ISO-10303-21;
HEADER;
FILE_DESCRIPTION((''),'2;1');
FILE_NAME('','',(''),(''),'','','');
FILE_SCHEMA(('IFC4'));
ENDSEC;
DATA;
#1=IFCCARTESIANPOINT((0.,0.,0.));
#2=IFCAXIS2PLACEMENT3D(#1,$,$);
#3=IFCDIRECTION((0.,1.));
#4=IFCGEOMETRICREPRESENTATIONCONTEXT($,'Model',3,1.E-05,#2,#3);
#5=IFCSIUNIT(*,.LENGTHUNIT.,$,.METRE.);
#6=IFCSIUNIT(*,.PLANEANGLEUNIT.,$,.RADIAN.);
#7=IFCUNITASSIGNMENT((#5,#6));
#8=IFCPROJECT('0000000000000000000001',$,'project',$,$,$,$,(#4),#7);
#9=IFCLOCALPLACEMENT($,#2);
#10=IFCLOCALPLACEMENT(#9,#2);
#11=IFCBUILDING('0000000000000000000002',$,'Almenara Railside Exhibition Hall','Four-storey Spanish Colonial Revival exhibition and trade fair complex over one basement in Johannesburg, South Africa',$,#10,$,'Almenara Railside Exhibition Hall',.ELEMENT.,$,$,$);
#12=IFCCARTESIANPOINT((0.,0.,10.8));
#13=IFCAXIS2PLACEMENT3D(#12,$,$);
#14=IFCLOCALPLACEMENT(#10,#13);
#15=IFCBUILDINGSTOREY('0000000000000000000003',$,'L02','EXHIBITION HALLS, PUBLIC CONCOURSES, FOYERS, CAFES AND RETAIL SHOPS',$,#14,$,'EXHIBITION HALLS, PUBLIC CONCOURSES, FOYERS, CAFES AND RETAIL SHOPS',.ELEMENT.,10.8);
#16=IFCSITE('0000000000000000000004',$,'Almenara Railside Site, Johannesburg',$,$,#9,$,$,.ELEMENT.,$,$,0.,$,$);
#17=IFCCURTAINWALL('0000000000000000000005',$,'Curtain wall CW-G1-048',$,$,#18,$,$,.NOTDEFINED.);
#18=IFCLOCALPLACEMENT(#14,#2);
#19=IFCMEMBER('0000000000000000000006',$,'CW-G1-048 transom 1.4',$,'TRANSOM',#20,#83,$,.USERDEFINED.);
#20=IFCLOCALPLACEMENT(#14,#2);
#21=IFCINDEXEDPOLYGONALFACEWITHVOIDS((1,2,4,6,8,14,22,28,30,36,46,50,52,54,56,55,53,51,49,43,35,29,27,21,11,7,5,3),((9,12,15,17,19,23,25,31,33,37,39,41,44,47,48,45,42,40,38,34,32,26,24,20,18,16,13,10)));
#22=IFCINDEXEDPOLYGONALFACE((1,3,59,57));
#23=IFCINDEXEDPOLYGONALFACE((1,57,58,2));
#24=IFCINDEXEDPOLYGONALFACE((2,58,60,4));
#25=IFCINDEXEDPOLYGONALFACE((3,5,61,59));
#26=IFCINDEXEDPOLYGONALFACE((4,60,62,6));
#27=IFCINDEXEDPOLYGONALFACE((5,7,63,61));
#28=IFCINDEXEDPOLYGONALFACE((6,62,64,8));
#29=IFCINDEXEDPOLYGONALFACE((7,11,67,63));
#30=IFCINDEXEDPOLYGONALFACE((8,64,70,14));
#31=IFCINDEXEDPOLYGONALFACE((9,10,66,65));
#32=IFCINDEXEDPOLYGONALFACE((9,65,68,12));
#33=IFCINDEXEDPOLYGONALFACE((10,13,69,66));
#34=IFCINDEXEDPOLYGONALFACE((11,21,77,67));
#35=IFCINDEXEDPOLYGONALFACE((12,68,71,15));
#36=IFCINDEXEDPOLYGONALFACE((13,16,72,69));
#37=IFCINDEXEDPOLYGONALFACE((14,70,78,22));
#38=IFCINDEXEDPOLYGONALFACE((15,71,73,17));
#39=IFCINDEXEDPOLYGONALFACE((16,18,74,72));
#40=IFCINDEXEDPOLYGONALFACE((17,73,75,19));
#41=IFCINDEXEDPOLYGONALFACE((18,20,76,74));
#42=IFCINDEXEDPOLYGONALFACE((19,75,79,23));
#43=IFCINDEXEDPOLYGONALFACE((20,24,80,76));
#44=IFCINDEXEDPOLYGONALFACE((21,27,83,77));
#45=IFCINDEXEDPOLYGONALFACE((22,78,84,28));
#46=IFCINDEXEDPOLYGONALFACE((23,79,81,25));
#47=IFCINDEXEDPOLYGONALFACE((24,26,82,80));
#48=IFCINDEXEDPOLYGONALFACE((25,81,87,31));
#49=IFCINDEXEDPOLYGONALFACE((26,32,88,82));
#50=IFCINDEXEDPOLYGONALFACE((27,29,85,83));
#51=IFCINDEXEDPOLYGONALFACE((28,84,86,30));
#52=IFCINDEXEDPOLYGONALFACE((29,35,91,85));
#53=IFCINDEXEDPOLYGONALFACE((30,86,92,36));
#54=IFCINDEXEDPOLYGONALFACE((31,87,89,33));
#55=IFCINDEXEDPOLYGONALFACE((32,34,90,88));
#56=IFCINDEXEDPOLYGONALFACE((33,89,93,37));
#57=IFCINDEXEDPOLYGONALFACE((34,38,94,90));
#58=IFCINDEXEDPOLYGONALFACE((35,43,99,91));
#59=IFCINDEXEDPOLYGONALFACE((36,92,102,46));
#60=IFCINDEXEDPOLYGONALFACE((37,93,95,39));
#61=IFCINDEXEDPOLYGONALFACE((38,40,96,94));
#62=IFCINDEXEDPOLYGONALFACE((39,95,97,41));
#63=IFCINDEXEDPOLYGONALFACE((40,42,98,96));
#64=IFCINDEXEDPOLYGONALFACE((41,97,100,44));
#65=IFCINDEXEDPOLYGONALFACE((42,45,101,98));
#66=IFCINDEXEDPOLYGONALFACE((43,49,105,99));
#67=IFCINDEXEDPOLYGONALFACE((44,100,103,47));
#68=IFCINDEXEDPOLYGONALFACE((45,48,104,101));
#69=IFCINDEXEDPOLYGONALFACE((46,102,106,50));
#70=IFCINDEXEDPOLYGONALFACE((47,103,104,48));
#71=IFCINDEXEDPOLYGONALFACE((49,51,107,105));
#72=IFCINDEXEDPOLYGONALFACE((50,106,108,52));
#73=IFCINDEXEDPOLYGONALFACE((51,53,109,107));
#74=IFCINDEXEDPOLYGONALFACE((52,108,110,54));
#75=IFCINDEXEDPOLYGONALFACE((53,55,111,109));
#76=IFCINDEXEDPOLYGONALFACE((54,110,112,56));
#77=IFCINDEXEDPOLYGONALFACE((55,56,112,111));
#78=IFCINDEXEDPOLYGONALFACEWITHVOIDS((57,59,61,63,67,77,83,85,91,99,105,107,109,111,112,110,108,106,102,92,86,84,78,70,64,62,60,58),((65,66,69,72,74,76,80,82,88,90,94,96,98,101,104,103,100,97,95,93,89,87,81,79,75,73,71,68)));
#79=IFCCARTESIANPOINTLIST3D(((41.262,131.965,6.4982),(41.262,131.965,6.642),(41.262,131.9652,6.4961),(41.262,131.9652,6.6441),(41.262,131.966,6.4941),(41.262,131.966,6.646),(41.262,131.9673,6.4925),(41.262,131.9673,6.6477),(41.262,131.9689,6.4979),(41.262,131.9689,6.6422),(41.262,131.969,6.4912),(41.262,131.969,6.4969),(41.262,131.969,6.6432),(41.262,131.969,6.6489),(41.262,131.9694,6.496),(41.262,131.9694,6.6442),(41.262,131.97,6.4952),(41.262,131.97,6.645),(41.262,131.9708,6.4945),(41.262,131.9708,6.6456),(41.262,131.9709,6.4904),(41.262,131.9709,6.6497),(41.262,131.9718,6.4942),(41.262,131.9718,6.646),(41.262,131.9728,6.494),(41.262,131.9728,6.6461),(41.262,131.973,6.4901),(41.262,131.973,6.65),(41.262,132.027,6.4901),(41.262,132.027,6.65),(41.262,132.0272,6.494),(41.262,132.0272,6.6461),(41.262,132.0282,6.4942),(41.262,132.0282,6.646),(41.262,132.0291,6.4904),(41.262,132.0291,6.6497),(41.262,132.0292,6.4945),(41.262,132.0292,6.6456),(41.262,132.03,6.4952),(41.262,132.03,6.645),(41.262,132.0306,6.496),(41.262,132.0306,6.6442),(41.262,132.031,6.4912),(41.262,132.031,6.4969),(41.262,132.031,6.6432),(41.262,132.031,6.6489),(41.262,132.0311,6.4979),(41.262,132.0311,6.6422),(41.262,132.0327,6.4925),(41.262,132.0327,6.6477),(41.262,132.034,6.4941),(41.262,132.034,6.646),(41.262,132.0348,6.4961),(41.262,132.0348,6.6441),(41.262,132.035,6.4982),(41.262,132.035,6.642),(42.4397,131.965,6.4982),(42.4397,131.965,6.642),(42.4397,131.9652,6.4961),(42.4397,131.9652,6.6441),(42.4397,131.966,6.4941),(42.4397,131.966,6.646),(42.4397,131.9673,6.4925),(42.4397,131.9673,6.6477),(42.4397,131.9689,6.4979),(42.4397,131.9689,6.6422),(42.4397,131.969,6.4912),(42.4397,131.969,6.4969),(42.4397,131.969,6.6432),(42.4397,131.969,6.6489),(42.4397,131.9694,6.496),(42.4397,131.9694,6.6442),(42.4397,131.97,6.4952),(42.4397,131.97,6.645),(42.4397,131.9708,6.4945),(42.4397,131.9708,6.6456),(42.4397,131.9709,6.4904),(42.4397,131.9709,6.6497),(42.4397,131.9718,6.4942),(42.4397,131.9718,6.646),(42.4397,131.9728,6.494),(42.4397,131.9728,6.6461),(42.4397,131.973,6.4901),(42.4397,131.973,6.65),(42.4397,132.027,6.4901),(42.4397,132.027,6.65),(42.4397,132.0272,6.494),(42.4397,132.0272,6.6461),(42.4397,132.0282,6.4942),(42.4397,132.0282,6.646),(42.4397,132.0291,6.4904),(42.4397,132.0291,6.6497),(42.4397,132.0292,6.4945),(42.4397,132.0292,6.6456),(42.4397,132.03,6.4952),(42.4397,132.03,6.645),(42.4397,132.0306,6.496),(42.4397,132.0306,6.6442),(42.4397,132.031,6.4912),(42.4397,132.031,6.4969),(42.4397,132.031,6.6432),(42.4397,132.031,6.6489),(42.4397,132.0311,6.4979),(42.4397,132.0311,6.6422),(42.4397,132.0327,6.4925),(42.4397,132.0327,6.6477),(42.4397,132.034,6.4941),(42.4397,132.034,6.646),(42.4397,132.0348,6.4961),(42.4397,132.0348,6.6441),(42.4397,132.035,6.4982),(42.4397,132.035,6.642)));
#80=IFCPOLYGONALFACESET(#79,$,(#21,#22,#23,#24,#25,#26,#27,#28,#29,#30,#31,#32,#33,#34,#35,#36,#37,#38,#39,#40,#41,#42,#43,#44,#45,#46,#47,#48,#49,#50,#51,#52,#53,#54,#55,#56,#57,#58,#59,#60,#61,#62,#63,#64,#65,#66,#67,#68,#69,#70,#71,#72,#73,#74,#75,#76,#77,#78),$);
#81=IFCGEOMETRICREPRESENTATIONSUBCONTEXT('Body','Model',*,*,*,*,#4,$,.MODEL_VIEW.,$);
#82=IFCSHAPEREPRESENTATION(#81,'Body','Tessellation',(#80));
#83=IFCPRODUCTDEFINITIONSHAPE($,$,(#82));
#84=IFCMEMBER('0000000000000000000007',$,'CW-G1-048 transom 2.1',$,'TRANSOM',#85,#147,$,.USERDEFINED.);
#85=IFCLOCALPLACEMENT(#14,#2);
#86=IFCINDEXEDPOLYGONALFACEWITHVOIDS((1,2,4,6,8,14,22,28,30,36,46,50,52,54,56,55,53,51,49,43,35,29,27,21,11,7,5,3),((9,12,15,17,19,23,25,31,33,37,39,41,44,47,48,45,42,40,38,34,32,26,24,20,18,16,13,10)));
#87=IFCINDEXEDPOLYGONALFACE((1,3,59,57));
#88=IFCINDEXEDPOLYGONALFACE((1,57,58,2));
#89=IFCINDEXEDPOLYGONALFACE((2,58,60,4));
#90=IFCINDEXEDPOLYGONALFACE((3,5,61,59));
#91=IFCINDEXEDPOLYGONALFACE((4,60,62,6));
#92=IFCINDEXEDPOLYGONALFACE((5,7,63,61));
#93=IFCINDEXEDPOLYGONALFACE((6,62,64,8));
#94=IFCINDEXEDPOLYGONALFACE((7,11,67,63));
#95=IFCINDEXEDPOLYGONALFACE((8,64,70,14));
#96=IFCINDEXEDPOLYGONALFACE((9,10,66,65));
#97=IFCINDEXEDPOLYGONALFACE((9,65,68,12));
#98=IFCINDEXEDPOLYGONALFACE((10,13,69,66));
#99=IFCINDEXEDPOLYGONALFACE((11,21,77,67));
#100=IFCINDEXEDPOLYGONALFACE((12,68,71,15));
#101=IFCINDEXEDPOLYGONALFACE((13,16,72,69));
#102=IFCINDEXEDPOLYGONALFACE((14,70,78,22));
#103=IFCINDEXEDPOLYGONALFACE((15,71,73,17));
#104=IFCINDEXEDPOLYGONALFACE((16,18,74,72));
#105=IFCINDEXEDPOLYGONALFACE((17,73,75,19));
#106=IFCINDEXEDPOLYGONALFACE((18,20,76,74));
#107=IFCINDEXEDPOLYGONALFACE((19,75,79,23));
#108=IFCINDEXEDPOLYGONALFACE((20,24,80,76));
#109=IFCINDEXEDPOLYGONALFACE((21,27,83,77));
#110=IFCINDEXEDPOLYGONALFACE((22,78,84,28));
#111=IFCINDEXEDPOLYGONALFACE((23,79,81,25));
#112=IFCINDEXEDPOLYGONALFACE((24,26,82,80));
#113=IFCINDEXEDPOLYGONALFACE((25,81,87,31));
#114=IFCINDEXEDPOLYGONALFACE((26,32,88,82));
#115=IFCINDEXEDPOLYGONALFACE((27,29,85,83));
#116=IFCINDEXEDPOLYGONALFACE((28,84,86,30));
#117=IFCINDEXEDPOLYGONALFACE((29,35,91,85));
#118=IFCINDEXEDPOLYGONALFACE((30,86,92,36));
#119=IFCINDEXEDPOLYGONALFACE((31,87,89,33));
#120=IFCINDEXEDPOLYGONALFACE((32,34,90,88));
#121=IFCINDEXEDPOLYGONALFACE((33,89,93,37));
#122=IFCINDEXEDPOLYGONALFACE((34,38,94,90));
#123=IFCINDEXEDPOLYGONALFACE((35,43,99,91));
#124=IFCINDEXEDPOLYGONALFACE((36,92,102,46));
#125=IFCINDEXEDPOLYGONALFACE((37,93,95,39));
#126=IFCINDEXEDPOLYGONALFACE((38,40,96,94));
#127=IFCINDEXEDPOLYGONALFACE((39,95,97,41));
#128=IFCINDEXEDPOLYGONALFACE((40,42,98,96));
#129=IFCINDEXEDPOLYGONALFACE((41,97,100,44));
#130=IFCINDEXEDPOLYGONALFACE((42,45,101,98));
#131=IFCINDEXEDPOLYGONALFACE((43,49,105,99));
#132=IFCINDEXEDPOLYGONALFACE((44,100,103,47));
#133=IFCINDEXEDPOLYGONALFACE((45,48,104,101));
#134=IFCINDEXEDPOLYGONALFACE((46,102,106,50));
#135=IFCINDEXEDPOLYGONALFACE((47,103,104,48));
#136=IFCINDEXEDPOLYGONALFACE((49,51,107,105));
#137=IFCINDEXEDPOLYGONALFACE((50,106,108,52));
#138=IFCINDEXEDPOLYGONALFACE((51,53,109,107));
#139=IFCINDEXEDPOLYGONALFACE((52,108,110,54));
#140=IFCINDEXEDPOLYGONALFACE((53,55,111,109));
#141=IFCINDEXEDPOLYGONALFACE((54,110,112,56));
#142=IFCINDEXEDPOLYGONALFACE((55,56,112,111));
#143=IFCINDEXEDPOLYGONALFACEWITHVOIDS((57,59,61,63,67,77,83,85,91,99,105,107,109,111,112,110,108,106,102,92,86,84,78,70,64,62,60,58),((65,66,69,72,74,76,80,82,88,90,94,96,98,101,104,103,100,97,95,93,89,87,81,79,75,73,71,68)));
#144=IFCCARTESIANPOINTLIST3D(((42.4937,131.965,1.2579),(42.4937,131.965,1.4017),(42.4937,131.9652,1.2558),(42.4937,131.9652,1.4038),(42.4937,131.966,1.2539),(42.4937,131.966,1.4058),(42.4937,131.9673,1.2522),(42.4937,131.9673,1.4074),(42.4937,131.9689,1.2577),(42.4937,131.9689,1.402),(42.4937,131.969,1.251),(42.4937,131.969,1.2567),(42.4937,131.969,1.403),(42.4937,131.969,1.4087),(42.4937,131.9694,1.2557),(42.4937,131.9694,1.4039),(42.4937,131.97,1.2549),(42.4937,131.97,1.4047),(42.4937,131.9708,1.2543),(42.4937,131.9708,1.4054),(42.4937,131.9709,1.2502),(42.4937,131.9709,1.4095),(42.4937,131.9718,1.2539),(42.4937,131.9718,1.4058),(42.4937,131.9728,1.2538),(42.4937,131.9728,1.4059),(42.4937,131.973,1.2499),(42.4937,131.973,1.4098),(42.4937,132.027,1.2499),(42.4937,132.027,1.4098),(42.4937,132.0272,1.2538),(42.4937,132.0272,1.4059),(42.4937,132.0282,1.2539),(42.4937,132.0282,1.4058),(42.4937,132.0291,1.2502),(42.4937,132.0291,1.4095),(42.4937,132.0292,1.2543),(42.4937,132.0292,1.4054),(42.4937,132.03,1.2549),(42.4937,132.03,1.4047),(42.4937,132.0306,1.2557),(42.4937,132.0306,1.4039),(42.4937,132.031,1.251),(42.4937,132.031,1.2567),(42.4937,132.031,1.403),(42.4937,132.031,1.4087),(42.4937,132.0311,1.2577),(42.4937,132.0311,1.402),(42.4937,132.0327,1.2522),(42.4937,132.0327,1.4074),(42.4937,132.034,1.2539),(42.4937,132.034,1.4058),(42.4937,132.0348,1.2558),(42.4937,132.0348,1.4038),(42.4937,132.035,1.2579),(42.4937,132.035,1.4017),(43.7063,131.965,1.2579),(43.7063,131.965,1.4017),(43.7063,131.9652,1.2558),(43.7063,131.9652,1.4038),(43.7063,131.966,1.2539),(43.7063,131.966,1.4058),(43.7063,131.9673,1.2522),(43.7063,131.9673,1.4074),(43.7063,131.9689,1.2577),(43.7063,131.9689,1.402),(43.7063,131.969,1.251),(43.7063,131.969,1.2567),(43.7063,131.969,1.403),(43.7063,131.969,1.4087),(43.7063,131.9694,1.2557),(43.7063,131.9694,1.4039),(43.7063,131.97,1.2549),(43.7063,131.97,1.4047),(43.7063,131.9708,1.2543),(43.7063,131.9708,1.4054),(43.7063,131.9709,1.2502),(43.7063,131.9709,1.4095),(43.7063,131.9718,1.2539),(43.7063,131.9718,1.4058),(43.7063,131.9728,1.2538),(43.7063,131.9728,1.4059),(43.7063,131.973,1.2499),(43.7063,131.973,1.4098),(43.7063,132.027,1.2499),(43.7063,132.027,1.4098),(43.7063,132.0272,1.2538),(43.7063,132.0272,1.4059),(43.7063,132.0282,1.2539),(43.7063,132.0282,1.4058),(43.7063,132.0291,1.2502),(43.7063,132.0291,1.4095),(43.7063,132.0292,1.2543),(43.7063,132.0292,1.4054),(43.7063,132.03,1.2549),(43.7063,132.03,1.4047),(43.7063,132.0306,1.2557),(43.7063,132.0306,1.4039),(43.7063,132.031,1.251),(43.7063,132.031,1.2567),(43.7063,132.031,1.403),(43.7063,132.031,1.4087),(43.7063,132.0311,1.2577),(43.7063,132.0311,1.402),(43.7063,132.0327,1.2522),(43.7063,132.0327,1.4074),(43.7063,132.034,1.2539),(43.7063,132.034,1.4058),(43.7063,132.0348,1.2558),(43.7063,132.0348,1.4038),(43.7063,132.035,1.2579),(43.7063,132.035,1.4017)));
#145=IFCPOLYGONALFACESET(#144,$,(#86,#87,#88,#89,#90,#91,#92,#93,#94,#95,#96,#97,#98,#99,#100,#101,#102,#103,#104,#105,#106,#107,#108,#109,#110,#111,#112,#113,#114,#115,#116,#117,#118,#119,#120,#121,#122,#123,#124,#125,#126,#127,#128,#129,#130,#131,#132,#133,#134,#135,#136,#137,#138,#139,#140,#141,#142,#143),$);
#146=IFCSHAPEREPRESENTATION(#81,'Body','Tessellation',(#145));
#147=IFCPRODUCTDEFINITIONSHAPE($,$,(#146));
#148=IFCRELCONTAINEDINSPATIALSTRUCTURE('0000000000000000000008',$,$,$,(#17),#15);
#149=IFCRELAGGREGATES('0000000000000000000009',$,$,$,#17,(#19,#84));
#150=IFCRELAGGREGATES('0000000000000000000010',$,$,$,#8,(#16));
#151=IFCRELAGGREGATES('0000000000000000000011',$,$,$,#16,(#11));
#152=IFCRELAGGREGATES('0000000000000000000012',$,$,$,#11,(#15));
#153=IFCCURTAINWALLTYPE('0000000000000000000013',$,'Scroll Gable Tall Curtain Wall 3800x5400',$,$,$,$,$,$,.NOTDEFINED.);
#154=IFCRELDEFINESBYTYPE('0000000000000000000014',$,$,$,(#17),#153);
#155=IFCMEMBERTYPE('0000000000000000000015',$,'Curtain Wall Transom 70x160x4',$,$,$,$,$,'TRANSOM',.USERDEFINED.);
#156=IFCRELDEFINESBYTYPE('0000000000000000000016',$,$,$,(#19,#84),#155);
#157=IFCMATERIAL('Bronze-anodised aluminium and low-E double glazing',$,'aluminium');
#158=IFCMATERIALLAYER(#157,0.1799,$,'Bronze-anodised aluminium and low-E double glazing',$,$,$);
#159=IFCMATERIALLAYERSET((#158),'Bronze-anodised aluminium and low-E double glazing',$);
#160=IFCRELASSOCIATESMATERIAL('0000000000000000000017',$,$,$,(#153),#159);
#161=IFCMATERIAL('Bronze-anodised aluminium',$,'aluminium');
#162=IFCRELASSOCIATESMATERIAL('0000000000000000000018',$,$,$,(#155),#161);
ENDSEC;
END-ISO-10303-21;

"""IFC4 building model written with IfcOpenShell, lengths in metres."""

from ifc_helpers import new_model, si_unit, direction, frame, origin, origin_2d, place, context, subcontext, project, spatial, hollow_rectangle, extrude, material, layer, layer_set, material_profile, profile_set, type_object, element, aggregate, save


model = new_model("IFC4")

# Units and contexts
model_context = context("Model", 3, precision=1e-05, world=origin(), true_north=direction((0.0, 1.0)))
body_context = subcontext(model_context, "Body", "Model", "MODEL_VIEW")
ifc_project = project(units=[si_unit("LENGTHUNIT", "METRE"), si_unit("PLANEANGLEUNIT", "RADIAN")], contexts=[model_context])

# Site, building, storey
site_placement = place(None, origin())
site = spatial("IfcSite", under=ifc_project, at=site_placement, Name="Almenara Railside Site, Johannesburg", CompositionType="ELEMENT", RefElevation=0.0)
building_placement = place(site_placement, origin())
building = spatial("IfcBuilding", under=site, at=building_placement, Name="Almenara Railside Exhibition Hall", Description="Four-storey Spanish Colonial Revival exhibition and trade fair complex over one basement in Johannesburg, South Africa", LongName="Almenara Railside Exhibition Hall", CompositionType="ELEMENT")
storey_placement = place(building_placement, frame((0.0, 0.0, 10.8)))
storey = spatial("IfcBuildingStorey", under=building, at=storey_placement, Name="L02", Description="EXHIBITION HALLS, PUBLIC CONCOURSES, FOYERS, CAFES AND RETAIL SHOPS", LongName="EXHIBITION HALLS, PUBLIC CONCOURSES, FOYERS, CAFES AND RETAIL SHOPS", CompositionType="ELEMENT", Elevation=10.8)

# Curtain wall
ifc_material_1 = material(Name="Bronze-anodised aluminium and low-E double glazing", Category="aluminium")
ifc_layer_1 = layer(ifc_material_1, 0.1799, Name="Bronze-anodised aluminium and low-E double glazing")
ifc_layer_set_1 = layer_set([ifc_layer_1], Name="Bronze-anodised aluminium and low-E double glazing")
curtain_wall_type = type_object("IfcCurtainWallType", Name="Scroll Gable Tall Curtain Wall 3800x5400", PredefinedType="NOTDEFINED", material=ifc_layer_set_1)
ifc_material_2 = material(Name="Bronze-anodised aluminium", Category="aluminium")
curtain_wall_1_placement = place(storey_placement, origin())
curtain_wall_1 = element("IfcCurtainWall", 1, at=curtain_wall_1_placement, inside=storey, type_object=curtain_wall_type, Name="Curtain wall CW-G1-048", PredefinedType="NOTDEFINED")

# Members
ifc_material_profile_1 = material_profile(ifc_material_2, hollow_rectangle(XDim=0.0701, YDim=0.1599, WallThickness=0.0039, InnerFilletRadius=0.0039, OuterFilletRadius=0.0081, at=origin_2d()), Name="ALU-TRN 70x160x4")
ifc_profile_set_1 = profile_set([ifc_material_profile_1], Name="Bronze-anodised aluminium")
member_type_1 = type_object("IfcMemberType", Name="Curtain Wall Transom 70x160x4", ElementType="TRANSOM", PredefinedType="USERDEFINED", material=ifc_profile_set_1)
member_1_placement = place(storey_placement, frame((41.262, 132.0, 6.5701), z_axis=(1.0, 0.0, 0.0), x_axis=(0.0, 1.0, 0.0)))
member_1 = element("IfcMember", 2, at=member_1_placement, type_object=member_type_1, Name="CW-G1-048 transom 1.4", ObjectType="TRANSOM", PredefinedType="USERDEFINED", context=body_context, shape_type="SweptSolid", body=[
    extrude(hollow_rectangle(XDim=0.0701, YDim=0.1599, WallThickness=0.0039, InnerFilletRadius=0.0039, OuterFilletRadius=0.0081, at=origin_2d()), origin(), (0.0, 0.0, 1.0), 1.1777),
])
member_2_placement = place(storey_placement, frame((42.4937, 132.0, 1.3298), z_axis=(1.0, 0.0, 0.0), x_axis=(0.0, 1.0, 0.0)))
member_2 = element("IfcMember", 3, at=member_2_placement, type_object=member_type_1, Name="CW-G1-048 transom 2.1", ObjectType="TRANSOM", PredefinedType="USERDEFINED", context=body_context, shape_type="SweptSolid", body=[
    extrude(hollow_rectangle(XDim=0.0701, YDim=0.1599, WallThickness=0.0039, InnerFilletRadius=0.0039, OuterFilletRadius=0.0081, at=origin_2d()), origin(), (0.0, 0.0, 1.0), 1.2126),
])

aggregate(curtain_wall_1, [member_1, member_2])

save(model, "model.ifc")
